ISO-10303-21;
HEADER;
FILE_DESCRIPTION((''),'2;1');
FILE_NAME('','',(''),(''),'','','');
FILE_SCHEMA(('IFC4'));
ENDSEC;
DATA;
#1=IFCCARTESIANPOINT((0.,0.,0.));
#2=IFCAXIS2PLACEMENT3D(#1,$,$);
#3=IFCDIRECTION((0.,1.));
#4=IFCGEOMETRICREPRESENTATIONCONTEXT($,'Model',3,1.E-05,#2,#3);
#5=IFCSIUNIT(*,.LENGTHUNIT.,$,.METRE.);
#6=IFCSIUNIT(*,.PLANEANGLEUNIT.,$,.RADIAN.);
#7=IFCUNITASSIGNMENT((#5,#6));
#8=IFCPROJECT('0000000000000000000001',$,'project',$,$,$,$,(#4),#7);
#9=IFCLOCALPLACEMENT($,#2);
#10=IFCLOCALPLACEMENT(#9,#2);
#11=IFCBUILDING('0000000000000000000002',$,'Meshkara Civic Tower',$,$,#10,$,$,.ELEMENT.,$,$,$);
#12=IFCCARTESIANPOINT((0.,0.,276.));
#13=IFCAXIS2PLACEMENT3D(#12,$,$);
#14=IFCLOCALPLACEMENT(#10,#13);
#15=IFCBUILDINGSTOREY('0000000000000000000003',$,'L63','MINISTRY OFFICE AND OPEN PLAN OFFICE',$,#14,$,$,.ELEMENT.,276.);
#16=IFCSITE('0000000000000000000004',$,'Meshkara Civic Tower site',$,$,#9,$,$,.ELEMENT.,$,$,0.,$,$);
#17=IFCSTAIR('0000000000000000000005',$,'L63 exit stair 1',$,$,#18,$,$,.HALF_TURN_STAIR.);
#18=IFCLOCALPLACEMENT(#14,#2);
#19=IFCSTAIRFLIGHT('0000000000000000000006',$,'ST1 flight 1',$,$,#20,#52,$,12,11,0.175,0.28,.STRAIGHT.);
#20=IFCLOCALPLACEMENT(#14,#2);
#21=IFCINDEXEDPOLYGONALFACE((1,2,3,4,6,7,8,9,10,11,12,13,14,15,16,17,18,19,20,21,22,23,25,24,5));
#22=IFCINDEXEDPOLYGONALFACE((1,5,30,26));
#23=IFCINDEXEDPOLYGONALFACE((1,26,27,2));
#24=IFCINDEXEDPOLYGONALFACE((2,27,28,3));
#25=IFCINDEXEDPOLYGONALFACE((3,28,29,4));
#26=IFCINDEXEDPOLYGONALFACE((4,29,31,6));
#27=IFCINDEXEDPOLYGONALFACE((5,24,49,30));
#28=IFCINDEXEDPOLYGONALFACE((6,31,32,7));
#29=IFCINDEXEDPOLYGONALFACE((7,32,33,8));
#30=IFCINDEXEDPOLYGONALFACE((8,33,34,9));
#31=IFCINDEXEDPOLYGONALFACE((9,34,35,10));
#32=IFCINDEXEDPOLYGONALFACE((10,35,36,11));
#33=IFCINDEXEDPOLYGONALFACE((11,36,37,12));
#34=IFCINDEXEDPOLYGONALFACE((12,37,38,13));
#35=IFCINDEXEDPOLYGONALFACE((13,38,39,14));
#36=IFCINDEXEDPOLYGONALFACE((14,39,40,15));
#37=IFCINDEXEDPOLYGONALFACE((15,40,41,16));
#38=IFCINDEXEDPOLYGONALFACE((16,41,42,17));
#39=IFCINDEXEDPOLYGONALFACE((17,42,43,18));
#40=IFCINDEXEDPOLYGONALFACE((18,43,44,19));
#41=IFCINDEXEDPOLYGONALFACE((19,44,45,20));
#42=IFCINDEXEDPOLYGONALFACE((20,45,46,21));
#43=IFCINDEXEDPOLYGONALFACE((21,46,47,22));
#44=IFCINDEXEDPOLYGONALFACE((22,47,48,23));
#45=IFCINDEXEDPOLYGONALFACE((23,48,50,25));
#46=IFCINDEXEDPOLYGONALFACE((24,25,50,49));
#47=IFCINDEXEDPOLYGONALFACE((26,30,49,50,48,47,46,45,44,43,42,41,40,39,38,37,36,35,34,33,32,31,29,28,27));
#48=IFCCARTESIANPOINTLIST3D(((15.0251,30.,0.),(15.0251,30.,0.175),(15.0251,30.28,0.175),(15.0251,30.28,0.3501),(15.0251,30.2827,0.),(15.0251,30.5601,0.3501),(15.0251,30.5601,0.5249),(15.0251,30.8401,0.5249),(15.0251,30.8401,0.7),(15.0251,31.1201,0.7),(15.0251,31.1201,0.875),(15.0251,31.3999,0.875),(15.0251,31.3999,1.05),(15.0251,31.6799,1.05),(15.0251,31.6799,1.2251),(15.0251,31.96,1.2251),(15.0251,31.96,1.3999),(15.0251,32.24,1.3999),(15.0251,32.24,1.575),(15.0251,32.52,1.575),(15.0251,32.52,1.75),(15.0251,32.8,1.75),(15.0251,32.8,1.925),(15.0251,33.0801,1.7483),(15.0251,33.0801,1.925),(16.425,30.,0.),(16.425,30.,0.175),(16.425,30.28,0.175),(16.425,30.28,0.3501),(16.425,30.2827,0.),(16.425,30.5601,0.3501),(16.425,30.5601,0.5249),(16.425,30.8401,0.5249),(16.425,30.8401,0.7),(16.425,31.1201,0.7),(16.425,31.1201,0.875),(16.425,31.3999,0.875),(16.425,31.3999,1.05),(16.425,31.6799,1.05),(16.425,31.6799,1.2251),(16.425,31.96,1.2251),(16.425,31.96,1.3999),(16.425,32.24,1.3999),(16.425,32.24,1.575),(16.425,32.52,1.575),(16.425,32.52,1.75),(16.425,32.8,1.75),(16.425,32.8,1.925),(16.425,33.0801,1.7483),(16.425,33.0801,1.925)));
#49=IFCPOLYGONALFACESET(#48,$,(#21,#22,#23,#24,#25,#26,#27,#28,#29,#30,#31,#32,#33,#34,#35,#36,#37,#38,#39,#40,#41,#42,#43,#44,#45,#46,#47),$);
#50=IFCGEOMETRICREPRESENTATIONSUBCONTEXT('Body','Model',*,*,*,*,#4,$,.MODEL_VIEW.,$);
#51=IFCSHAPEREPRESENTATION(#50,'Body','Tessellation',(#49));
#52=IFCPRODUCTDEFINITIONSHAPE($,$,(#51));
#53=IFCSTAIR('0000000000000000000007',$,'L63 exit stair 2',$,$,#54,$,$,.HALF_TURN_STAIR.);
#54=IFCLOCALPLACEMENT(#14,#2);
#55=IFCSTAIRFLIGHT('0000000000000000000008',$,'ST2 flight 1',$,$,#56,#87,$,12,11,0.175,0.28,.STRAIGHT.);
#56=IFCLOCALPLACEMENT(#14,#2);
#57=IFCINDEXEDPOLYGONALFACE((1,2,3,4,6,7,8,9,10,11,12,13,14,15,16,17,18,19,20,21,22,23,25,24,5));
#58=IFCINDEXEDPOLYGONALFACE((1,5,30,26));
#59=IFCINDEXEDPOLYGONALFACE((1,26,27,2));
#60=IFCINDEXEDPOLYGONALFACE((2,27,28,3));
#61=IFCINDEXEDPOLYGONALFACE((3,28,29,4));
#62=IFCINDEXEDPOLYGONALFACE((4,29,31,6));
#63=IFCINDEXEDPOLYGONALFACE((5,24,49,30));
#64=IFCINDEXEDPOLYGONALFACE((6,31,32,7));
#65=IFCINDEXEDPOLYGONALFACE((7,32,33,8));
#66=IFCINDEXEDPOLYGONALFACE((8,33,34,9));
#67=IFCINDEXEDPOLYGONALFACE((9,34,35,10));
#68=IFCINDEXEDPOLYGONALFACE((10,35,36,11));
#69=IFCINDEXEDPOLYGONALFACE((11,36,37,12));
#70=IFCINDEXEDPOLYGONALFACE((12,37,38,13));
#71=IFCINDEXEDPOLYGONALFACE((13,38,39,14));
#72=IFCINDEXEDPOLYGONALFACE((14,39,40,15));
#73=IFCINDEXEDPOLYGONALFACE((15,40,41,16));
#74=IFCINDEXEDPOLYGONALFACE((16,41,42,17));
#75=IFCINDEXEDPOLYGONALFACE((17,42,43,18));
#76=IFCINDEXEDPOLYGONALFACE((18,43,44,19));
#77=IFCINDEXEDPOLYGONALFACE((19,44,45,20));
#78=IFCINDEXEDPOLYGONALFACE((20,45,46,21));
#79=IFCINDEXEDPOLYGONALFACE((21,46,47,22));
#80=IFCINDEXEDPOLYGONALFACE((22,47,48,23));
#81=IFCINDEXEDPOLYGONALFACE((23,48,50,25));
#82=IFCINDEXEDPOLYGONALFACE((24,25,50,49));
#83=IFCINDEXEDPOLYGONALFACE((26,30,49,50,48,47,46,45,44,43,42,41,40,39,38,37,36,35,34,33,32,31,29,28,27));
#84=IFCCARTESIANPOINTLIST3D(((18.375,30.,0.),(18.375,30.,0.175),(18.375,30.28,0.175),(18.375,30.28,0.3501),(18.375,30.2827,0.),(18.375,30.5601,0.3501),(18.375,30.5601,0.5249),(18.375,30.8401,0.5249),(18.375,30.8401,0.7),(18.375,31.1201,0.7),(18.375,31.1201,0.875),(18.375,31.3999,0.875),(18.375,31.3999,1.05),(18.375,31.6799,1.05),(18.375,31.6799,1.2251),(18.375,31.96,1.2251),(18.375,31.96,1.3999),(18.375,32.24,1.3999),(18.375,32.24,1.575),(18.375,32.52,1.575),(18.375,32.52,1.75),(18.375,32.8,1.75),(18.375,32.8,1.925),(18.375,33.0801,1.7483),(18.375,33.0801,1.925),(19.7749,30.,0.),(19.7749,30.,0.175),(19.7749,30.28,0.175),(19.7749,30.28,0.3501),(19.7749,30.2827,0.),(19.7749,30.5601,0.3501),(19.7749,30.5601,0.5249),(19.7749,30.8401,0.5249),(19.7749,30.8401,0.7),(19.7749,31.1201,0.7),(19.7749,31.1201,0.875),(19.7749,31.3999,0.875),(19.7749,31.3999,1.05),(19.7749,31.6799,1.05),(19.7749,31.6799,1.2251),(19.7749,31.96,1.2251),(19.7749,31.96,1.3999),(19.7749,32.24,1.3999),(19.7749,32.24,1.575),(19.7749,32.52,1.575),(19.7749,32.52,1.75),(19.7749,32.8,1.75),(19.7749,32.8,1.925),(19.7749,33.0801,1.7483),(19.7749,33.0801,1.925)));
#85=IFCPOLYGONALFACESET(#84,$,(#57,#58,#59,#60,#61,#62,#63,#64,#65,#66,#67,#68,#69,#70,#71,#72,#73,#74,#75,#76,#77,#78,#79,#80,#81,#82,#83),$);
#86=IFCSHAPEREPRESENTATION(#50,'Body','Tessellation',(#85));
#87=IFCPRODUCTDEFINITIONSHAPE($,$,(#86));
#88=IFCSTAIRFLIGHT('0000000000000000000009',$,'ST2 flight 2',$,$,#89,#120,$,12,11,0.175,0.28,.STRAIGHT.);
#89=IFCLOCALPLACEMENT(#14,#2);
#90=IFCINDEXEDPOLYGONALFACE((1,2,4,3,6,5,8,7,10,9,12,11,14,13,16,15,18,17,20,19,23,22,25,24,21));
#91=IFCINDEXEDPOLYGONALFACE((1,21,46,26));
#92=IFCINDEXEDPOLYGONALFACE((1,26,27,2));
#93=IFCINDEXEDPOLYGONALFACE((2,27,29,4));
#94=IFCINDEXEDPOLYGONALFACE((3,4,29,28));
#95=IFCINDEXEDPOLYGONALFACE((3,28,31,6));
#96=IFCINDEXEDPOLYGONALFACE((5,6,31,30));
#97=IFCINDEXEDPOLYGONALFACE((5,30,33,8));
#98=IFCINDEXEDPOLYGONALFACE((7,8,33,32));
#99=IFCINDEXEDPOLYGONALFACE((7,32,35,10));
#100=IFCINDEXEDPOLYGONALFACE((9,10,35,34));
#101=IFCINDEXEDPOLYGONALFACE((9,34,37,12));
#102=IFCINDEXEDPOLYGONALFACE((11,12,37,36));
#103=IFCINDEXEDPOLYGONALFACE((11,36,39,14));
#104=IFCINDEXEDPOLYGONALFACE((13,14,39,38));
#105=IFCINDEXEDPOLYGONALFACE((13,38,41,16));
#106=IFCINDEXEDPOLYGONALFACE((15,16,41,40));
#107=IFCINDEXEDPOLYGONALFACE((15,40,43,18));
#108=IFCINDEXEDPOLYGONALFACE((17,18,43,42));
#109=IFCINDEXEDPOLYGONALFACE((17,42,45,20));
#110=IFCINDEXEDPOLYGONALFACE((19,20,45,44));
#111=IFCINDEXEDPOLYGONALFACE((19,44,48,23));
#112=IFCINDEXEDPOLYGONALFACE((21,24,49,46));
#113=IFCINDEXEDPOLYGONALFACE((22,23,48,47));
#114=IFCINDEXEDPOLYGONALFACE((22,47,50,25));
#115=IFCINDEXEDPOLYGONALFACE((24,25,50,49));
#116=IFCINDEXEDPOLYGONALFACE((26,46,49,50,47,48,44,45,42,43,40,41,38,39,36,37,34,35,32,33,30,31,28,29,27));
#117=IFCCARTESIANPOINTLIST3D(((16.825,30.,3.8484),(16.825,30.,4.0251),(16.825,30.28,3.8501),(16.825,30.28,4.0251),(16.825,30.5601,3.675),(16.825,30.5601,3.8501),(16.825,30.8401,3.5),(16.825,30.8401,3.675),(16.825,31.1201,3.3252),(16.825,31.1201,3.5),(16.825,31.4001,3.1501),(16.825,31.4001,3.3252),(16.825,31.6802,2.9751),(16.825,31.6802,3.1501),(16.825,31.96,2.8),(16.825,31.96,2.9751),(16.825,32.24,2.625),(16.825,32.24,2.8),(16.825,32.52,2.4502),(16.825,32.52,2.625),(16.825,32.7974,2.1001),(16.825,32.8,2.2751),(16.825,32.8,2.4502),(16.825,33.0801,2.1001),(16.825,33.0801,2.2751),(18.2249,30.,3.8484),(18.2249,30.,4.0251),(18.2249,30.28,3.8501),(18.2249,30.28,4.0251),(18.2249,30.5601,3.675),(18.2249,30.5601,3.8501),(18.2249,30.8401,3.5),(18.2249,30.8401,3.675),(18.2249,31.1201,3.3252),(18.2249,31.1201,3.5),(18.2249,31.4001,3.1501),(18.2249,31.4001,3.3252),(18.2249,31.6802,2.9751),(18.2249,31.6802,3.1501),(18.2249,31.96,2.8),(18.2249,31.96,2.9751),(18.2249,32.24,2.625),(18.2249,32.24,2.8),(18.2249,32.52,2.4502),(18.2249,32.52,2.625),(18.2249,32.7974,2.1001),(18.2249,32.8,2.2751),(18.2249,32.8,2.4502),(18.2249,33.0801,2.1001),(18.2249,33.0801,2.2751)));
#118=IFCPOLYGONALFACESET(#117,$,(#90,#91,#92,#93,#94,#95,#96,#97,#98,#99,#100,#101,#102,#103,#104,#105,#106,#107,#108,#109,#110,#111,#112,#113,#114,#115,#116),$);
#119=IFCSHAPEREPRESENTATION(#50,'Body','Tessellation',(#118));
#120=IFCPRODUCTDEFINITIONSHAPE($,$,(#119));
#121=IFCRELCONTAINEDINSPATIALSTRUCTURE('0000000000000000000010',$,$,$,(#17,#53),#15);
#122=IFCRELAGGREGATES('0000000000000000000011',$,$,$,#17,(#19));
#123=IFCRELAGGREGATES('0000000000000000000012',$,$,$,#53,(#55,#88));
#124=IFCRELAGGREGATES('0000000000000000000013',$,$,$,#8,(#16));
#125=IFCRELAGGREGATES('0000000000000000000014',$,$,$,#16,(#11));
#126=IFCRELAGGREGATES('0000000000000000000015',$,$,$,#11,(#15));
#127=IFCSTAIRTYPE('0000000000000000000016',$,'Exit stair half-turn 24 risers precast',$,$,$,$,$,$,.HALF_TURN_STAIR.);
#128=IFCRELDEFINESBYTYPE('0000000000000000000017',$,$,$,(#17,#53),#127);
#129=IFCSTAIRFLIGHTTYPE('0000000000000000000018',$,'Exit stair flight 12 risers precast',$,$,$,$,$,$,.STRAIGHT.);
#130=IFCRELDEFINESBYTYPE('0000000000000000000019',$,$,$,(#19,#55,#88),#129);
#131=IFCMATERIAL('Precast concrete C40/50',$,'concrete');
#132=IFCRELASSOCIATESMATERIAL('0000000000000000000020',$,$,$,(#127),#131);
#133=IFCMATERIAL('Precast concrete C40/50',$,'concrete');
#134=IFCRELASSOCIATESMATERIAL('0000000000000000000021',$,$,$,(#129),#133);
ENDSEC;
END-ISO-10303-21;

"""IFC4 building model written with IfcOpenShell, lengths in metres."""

from ifc_helpers import new_model, si_unit, direction, frame, origin, place, context, subcontext, project, spatial, polyline, outline, extrude, material, type_object, element, aggregate, save


model = new_model("IFC4")

# Units and contexts
model_context = context("Model", 3, precision=1e-05, world=origin(), true_north=direction((0.0, 1.0)))
body_context = subcontext(model_context, "Body", "Model", "MODEL_VIEW")
ifc_project = project(units=[si_unit("LENGTHUNIT", "METRE"), si_unit("PLANEANGLEUNIT", "RADIAN")], contexts=[model_context])

# Site, building, storey
site_placement = place(None, origin())
site = spatial("IfcSite", under=ifc_project, at=site_placement, Name="Meshkara Civic Tower site", CompositionType="ELEMENT", RefElevation=0.0)
building_placement = place(site_placement, origin())
building = spatial("IfcBuilding", under=site, at=building_placement, Name="Meshkara Civic Tower", CompositionType="ELEMENT")
storey_placement = place(building_placement, frame((0.0, 0.0, 276.0)))
storey = spatial("IfcBuildingStorey", under=building, at=storey_placement, Name="L63", Description="MINISTRY OFFICE AND OPEN PLAN OFFICE", CompositionType="ELEMENT", Elevation=276.0)

# Stair, stair flight
ifc_material_1 = material(Name="Precast concrete C40/50", Category="concrete")
stair_type = type_object("IfcStairType", Name="Exit stair half-turn 24 risers precast", PredefinedType="HALF_TURN_STAIR", material=ifc_material_1)
stair_1_placement = place(storey_placement, origin())
stair_1 = element("IfcStair", 1, at=stair_1_placement, inside=storey, type_object=stair_type, Name="L63 exit stair 1", PredefinedType="HALF_TURN_STAIR")
ifc_material_2 = material(Name="Precast concrete C40/50", Category="concrete")
stair_flight_type = type_object("IfcStairFlightType", Name="Exit stair flight 12 risers precast", PredefinedType="STRAIGHT", material=ifc_material_2)
stair_flight_1_placement = place(storey_placement, frame((15.7251, 30.0, 0.0), z_axis=(0.0, 0.0, 1.0), x_axis=(0.0, 1.0, 0.0)))
stair_flight_1 = element("IfcStairFlight", 2, at=stair_flight_1_placement, type_object=stair_flight_type, Name="ST1 flight 1", NumberOfRisers=12, NumberOfTreads=11, PredefinedType="STRAIGHT", RiserHeight=0.175, TreadLength=0.28, context=body_context, shape_type="SweptSolid", body=[
    extrude(outline(polyline([(0.0, 0.0), (0.0, 0.175), (0.28, 0.175), (0.28, 0.3501), (0.5601, 0.3501), (0.5601, 0.5249), (0.8401, 0.5249), (0.8401, 0.7), (1.1201, 0.7), (1.1201, 0.875), (1.3999, 0.875), (1.3999, 1.05), (1.6799, 1.05), (1.6799, 1.2251), (1.96, 1.2251), (1.96, 1.3999), (2.24, 1.3999), (2.24, 1.575), (2.52, 1.575), (2.52, 1.75), (2.8, 1.75), (2.8, 1.925), (3.0801, 1.925), (3.0801, 2.1001), (3.0801, 1.7483), (0.2827, 0.0), (0.0, 0.0)])), frame((0.0, 0.7, 0.0), z_axis=(0.0, -1.0, 0.0), x_axis=(1.0, 0.0, 0.0)), (0.0, 0.0, 1.0), 1.3999),
])
aggregate(stair_1, [stair_flight_1])

# Stair, stair flights
stair_2_placement = place(storey_placement, origin())
stair_2 = element("IfcStair", 3, at=stair_2_placement, inside=storey, type_object=stair_type, Name="L63 exit stair 2", PredefinedType="HALF_TURN_STAIR")
stair_flight_2_placement = place(storey_placement, frame((19.075, 30.0, 0.0), z_axis=(0.0, 0.0, 1.0), x_axis=(0.0, 1.0, 0.0)))
stair_flight_2 = element("IfcStairFlight", 4, at=stair_flight_2_placement, type_object=stair_flight_type, Name="ST2 flight 1", NumberOfRisers=12, NumberOfTreads=11, PredefinedType="STRAIGHT", RiserHeight=0.175, TreadLength=0.28, context=body_context, shape_type="SweptSolid", body=[
    extrude(outline(polyline([(0.0, 0.0), (0.0, 0.175), (0.28, 0.175), (0.28, 0.3501), (0.5601, 0.3501), (0.5601, 0.5249), (0.8401, 0.5249), (0.8401, 0.7), (1.1201, 0.7), (1.1201, 0.875), (1.3999, 0.875), (1.3999, 1.05), (1.6799, 1.05), (1.6799, 1.2251), (1.96, 1.2251), (1.96, 1.3999), (2.24, 1.3999), (2.24, 1.575), (2.52, 1.575), (2.52, 1.75), (2.8, 1.75), (2.8, 1.925), (3.0801, 1.925), (3.0801, 2.1001), (3.0801, 1.7483), (0.2827, 0.0), (0.0, 0.0)])), frame((0.0, 0.7, 0.0), z_axis=(0.0, -1.0, 0.0), x_axis=(1.0, 0.0, 0.0)), (0.0, 0.0, 1.0), 1.3999),
])
stair_flight_3_placement = place(storey_placement, frame((17.5249, 33.0801, 2.1001), z_axis=(0.0, 0.0, 1.0), x_axis=(0.0, -1.0, 0.0)))
stair_flight_3 = element("IfcStairFlight", 5, at=stair_flight_3_placement, type_object=stair_flight_type, Name="ST2 flight 2", NumberOfRisers=12, NumberOfTreads=11, PredefinedType="STRAIGHT", RiserHeight=0.175, TreadLength=0.28, context=body_context, shape_type="SweptSolid", body=[
    extrude(outline(polyline([(0.0, 0.0), (0.0, 0.175), (0.28, 0.175), (0.28, 0.3501), (0.5601, 0.3501), (0.5601, 0.5249), (0.8401, 0.5249), (0.8401, 0.7), (1.1201, 0.7), (1.1201, 0.875), (1.3999, 0.875), (1.3999, 1.05), (1.6799, 1.05), (1.6799, 1.2251), (1.96, 1.2251), (1.96, 1.3999), (2.24, 1.3999), (2.24, 1.575), (2.52, 1.575), (2.52, 1.75), (2.8, 1.75), (2.8, 1.925), (3.0801, 1.925), (3.0801, 2.1001), (3.0801, 1.7483), (0.2827, 0.0), (0.0, 0.0)])), frame((0.0, 0.7, 0.0), z_axis=(0.0, -1.0, 0.0), x_axis=(1.0, 0.0, 0.0)), (0.0, 0.0, 1.0), 1.3999),
])
aggregate(stair_2, [stair_flight_2, stair_flight_3])

save(model, "model.ifc")
